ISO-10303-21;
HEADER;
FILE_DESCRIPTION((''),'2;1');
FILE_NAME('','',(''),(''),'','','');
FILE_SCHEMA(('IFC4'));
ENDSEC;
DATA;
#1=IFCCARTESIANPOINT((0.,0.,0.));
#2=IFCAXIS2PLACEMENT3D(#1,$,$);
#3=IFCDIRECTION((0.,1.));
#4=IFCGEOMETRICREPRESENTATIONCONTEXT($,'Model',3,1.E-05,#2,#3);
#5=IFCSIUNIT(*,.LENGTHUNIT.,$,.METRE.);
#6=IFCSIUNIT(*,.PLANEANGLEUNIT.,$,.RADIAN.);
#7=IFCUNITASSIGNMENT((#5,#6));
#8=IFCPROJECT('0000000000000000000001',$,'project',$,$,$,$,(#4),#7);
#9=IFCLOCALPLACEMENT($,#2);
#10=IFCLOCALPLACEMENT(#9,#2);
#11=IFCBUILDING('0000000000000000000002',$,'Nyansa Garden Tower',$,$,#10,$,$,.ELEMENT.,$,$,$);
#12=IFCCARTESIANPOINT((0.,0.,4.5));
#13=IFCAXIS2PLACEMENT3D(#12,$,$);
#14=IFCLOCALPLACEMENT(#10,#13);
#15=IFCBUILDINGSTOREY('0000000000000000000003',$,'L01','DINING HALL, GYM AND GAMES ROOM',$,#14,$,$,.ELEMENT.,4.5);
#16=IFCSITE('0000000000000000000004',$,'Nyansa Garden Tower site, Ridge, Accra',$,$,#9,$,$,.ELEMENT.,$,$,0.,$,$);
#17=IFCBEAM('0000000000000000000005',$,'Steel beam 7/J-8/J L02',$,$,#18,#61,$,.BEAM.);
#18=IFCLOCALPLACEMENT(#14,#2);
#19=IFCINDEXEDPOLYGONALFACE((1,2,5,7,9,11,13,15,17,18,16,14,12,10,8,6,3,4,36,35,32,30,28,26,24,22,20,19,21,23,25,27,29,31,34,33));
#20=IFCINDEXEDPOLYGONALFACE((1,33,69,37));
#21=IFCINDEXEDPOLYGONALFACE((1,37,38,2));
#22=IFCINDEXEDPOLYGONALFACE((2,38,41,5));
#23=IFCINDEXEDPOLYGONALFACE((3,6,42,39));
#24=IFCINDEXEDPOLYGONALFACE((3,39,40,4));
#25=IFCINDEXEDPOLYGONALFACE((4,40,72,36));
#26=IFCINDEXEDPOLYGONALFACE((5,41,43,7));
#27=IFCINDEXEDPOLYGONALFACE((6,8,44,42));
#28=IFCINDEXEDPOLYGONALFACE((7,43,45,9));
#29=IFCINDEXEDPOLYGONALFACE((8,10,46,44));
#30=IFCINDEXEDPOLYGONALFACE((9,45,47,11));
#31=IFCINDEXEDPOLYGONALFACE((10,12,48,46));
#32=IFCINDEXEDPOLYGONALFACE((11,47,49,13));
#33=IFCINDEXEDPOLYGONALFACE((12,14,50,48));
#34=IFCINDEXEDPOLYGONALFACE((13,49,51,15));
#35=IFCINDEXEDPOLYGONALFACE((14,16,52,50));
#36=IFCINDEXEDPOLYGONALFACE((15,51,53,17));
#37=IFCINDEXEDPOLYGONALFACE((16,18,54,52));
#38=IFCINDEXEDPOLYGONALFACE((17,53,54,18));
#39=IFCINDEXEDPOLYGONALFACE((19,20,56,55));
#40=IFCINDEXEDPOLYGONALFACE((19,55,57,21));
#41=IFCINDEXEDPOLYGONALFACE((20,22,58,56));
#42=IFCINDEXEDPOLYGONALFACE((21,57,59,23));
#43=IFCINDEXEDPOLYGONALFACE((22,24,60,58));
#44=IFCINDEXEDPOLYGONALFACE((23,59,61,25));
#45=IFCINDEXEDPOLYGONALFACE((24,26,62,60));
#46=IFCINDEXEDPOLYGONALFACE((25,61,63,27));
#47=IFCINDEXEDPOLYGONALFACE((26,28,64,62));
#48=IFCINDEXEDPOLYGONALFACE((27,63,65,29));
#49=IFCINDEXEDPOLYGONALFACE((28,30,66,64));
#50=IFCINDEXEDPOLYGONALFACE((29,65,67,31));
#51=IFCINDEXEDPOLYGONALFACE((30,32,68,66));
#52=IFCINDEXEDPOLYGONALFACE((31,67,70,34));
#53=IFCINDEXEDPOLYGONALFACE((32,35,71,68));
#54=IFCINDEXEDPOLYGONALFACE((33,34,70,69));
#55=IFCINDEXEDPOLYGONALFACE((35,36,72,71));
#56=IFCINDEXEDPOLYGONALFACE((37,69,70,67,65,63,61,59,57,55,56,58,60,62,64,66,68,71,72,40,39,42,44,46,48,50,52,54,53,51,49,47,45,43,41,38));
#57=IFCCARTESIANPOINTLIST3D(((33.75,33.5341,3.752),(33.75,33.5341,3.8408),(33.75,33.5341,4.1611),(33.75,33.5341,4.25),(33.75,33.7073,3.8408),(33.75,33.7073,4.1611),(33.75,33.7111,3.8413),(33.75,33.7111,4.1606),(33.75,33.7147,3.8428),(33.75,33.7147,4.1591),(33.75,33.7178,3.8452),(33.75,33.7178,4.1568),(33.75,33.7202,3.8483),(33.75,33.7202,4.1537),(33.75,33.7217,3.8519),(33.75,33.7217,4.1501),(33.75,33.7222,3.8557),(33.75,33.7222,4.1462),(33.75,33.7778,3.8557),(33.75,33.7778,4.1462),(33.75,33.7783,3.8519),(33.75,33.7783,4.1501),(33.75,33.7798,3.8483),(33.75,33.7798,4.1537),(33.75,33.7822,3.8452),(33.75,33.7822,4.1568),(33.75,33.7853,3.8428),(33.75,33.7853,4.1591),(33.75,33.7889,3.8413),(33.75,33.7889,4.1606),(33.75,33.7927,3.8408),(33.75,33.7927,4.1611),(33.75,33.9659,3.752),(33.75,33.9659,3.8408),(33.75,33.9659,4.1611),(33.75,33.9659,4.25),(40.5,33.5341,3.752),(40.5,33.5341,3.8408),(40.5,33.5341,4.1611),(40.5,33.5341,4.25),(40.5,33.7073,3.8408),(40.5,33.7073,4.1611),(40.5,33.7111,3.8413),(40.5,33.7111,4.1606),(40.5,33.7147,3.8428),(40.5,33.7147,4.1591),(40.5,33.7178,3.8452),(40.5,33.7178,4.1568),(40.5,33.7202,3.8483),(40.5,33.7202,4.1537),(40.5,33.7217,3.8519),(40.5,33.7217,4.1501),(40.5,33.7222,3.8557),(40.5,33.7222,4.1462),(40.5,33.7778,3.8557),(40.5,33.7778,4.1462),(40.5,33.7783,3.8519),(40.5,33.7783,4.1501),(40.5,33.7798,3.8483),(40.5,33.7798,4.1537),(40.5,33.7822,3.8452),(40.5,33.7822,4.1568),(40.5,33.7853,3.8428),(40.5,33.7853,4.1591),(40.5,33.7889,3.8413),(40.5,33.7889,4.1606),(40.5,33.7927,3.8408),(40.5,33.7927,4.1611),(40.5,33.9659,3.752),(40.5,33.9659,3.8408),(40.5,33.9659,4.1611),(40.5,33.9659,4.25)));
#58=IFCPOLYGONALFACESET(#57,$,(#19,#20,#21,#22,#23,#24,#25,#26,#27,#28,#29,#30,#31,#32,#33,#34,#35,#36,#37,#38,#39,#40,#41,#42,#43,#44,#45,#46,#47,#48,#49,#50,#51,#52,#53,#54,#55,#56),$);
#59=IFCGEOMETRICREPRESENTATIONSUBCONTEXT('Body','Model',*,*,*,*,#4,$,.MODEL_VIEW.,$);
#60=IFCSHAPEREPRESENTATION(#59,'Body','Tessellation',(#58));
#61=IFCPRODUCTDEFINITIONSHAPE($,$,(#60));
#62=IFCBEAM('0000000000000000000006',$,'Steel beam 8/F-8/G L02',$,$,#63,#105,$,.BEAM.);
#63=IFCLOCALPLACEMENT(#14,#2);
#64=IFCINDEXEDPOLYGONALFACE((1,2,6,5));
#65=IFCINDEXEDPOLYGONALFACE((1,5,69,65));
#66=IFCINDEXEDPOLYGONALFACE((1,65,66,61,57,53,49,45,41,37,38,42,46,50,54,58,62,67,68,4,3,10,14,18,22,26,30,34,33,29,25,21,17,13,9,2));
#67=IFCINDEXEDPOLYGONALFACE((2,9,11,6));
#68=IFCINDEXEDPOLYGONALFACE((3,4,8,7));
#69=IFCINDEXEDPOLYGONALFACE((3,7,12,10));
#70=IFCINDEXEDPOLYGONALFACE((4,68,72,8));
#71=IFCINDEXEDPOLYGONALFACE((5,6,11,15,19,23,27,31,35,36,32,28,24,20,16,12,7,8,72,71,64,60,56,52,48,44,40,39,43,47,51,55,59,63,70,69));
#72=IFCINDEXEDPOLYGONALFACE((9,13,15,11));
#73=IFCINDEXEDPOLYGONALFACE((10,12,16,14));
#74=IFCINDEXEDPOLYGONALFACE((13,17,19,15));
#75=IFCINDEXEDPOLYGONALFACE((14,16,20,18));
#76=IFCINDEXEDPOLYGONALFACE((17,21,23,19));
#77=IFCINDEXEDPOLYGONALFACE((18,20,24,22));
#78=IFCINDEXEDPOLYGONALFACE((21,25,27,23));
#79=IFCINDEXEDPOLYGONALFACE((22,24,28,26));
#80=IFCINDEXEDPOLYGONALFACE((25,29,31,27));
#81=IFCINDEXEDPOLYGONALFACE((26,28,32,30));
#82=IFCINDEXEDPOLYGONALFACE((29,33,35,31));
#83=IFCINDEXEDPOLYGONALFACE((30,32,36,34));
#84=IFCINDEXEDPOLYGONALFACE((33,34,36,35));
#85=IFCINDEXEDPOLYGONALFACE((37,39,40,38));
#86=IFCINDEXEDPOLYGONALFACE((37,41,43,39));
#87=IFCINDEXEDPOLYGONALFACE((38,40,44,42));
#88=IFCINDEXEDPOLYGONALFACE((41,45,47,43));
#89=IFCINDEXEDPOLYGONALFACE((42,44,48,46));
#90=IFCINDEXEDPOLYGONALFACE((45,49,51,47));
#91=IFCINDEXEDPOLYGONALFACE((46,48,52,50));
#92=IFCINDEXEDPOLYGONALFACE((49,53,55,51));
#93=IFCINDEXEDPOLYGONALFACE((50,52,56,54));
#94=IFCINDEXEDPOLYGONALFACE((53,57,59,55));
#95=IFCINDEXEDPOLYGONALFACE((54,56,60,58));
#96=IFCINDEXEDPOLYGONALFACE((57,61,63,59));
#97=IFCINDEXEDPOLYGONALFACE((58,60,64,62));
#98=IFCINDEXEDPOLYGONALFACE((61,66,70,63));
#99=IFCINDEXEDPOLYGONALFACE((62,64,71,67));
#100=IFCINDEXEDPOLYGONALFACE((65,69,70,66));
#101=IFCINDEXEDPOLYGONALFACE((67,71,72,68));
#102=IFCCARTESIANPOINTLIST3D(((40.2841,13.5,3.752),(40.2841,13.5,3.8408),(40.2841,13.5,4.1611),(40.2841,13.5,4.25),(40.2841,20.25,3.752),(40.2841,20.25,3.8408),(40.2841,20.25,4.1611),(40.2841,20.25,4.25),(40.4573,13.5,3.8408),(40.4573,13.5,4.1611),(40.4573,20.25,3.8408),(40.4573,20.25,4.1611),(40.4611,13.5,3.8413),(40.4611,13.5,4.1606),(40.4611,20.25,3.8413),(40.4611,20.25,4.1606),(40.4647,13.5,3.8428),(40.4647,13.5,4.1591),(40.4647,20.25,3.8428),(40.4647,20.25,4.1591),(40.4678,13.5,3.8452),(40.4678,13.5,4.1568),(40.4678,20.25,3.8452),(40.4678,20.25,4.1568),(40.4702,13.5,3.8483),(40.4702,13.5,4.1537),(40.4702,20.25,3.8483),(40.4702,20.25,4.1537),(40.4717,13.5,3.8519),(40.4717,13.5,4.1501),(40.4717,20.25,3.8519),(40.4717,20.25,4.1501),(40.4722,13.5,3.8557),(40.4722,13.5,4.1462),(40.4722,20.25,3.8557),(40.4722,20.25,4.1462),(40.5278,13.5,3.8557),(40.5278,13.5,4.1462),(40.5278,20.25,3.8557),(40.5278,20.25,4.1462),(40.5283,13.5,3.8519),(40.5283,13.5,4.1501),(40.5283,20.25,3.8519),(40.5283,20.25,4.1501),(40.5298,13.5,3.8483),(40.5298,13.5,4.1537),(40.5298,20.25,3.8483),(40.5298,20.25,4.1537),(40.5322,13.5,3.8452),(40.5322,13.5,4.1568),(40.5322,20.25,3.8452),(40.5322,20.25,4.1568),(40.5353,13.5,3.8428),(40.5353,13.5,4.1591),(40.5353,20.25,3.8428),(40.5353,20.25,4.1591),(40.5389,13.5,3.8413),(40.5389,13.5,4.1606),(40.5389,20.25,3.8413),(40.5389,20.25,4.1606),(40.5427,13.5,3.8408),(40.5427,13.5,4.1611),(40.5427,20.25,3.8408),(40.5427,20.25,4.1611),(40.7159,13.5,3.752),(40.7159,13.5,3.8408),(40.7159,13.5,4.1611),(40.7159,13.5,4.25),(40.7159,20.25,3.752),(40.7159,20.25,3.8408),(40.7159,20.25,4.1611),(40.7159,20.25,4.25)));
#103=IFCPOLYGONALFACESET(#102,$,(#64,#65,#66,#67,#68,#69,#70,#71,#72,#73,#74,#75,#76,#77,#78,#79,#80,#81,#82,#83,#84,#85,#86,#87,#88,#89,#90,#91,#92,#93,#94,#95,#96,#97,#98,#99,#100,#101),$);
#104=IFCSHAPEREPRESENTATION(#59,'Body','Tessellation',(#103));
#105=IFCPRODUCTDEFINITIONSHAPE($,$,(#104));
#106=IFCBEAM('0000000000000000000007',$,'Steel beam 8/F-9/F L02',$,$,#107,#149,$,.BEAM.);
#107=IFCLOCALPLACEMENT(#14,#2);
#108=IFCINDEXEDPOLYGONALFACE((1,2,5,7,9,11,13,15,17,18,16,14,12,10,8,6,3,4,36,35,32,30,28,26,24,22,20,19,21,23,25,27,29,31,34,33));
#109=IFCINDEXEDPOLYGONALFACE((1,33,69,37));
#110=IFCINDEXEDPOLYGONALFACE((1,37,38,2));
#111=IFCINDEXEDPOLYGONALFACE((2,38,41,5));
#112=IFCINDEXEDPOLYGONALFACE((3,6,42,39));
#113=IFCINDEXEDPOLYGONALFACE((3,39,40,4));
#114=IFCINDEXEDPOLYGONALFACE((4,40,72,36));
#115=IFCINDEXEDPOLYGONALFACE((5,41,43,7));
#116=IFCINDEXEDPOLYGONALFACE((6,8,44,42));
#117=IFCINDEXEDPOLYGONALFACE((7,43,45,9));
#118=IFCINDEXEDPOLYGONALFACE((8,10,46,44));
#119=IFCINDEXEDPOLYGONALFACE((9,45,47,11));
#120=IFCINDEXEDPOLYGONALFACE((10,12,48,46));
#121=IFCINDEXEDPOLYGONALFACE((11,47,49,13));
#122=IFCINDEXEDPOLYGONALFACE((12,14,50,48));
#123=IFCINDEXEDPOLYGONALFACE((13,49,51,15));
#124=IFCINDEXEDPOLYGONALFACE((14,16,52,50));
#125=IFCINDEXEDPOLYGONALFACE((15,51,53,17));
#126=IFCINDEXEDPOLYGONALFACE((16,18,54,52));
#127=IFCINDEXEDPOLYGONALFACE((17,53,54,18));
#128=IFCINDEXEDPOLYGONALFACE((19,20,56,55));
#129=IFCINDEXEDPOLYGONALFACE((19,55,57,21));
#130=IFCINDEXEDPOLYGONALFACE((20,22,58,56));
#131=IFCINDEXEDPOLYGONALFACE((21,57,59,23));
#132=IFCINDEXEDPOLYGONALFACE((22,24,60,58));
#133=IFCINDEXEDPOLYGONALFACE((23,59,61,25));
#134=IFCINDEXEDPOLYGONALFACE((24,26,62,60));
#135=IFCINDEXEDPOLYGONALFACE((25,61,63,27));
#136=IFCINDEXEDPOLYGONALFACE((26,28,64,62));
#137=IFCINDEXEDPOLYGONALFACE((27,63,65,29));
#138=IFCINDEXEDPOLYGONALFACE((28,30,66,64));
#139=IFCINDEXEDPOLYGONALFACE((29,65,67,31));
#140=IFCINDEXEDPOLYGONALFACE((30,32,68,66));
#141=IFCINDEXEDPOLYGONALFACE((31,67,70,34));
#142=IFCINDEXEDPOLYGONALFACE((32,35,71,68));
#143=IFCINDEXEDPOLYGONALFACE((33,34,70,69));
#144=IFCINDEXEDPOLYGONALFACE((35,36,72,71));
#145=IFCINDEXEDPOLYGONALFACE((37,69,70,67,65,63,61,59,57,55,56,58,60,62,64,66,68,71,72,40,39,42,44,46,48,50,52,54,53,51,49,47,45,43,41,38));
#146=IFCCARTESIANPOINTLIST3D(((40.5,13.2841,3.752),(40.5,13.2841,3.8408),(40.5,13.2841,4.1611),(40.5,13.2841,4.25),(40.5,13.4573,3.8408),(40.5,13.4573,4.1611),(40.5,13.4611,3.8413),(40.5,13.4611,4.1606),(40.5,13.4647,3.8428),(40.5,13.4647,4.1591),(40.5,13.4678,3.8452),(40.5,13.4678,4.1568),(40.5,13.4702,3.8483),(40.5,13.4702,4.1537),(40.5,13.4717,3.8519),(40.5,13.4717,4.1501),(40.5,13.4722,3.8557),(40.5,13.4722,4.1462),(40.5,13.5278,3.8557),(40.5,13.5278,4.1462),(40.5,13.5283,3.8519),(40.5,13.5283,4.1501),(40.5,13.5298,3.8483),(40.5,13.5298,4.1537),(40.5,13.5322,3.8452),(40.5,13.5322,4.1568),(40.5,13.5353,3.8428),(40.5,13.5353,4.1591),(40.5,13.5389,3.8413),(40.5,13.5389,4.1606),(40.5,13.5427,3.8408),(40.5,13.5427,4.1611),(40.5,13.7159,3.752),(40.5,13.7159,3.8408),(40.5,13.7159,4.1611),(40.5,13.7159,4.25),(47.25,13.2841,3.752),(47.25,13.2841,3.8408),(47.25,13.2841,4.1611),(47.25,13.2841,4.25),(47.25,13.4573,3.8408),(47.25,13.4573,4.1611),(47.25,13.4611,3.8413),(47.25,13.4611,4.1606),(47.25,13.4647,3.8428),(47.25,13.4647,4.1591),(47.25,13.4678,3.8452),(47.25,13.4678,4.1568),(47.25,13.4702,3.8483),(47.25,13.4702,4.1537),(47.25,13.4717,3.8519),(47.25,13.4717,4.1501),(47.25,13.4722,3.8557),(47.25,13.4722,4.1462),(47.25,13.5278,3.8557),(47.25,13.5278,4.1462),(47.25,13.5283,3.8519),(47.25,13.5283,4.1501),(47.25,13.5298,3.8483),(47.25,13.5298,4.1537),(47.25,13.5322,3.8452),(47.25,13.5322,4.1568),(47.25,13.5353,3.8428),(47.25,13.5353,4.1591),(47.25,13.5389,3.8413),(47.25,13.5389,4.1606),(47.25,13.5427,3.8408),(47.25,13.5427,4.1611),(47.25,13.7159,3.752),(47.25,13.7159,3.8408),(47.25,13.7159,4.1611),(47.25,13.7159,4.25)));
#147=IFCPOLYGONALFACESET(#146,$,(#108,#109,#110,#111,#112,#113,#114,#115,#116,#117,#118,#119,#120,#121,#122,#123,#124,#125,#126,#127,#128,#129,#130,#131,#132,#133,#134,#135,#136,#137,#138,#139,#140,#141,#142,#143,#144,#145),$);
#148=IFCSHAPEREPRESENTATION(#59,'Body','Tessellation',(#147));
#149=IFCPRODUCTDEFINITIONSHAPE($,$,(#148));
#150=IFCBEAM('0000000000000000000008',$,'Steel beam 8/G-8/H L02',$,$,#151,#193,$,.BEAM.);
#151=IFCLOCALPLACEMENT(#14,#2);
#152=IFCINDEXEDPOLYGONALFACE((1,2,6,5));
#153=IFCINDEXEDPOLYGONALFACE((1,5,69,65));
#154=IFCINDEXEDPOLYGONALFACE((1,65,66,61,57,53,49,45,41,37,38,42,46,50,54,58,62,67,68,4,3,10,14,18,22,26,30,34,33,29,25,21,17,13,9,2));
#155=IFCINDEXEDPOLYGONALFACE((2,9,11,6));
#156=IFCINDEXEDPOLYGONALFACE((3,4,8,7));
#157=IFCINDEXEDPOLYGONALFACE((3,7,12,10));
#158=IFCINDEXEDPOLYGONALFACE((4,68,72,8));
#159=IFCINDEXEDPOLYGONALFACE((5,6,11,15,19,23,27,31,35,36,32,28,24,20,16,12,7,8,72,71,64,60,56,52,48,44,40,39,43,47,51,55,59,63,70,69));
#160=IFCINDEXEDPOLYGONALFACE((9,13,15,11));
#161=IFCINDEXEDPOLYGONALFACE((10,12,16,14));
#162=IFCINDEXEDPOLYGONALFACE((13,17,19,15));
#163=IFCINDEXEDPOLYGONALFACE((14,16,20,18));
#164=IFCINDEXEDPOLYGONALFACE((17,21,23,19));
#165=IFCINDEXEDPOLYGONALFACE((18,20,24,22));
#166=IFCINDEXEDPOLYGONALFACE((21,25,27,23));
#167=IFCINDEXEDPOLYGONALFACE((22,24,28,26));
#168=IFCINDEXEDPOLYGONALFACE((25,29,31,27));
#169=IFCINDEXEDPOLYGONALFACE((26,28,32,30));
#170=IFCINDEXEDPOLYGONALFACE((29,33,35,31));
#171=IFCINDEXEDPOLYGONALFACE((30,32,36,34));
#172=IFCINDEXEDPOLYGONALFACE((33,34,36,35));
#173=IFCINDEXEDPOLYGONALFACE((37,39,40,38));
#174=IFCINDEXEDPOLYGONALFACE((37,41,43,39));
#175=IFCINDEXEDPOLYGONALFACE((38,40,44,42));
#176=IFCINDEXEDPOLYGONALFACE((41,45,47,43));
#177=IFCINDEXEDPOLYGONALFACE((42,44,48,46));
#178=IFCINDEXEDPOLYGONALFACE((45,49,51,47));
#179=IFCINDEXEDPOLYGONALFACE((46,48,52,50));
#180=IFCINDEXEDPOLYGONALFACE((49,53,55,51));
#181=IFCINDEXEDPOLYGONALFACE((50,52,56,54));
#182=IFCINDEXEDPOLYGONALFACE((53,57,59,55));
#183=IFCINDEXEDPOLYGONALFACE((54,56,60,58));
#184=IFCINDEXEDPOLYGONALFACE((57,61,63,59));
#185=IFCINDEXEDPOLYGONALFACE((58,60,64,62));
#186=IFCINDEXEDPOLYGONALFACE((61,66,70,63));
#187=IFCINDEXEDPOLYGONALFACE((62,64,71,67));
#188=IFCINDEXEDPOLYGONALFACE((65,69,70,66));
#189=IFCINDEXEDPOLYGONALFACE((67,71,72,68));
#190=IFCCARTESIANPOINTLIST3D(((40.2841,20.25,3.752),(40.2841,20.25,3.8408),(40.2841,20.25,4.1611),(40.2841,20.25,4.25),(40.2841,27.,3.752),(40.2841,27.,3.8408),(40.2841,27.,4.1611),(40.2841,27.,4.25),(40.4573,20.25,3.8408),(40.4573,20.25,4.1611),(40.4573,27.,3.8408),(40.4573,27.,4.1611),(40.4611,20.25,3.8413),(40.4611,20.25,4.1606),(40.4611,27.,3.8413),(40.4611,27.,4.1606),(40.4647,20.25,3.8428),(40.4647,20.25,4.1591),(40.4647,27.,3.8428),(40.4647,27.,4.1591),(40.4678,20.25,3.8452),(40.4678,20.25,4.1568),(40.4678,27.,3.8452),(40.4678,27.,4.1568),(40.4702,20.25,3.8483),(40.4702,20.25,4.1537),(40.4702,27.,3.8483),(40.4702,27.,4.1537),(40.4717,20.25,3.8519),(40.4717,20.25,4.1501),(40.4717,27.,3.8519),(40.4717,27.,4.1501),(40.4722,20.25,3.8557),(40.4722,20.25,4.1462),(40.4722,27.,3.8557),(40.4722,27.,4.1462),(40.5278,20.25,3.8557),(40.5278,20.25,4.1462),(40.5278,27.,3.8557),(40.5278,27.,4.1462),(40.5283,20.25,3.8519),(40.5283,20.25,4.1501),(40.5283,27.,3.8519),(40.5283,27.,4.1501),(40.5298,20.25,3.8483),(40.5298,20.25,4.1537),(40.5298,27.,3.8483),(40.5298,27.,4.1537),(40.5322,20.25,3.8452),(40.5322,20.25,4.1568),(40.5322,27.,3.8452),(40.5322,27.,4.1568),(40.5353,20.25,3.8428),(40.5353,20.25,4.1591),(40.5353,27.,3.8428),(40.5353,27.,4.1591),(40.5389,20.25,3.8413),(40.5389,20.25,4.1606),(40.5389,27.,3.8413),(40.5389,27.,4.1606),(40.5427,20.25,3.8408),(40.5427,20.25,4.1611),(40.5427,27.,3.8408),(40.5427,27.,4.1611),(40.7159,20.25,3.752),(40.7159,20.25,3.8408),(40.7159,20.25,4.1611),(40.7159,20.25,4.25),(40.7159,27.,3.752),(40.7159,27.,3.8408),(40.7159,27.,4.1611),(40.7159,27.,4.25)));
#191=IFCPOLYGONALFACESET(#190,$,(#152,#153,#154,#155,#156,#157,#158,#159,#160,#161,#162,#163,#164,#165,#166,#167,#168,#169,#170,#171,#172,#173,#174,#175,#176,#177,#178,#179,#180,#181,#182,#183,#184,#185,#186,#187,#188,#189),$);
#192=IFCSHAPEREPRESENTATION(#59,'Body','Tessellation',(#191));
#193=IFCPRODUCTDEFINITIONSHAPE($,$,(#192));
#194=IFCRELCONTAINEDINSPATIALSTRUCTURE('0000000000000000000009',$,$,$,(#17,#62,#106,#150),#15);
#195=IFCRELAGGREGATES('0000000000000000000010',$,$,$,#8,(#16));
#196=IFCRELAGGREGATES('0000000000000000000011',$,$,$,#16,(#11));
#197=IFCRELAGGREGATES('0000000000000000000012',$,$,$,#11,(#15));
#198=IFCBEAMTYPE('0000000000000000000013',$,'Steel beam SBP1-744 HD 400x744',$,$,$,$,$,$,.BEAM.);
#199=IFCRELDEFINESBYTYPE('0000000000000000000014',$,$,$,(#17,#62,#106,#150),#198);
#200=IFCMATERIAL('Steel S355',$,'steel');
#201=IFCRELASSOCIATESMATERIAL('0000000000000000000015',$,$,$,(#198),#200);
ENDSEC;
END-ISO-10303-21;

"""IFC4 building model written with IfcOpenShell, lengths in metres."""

from ifc_helpers import new_model, si_unit, direction, frame, origin, origin_2d, place, context, subcontext, project, spatial, i_section, extrude, material, material_profile, profile_set, type_object, element, save


model = new_model("IFC4")

# Units and contexts
model_context = context("Model", 3, precision=1e-05, world=origin(), true_north=direction((0.0, 1.0)))
body_context = subcontext(model_context, "Body", "Model", "MODEL_VIEW")
ifc_project = project(units=[si_unit("LENGTHUNIT", "METRE"), si_unit("PLANEANGLEUNIT", "RADIAN")], contexts=[model_context])

# Site, building, storey
site_placement = place(None, origin())
site = spatial("IfcSite", under=ifc_project, at=site_placement, Name="Nyansa Garden Tower site, Ridge, Accra", CompositionType="ELEMENT", RefElevation=0.0)
building_placement = place(site_placement, origin())
building = spatial("IfcBuilding", under=site, at=building_placement, Name="Nyansa Garden Tower", CompositionType="ELEMENT")
storey_placement = place(building_placement, frame((0.0, 0.0, 4.5)))
storey = spatial("IfcBuildingStorey", under=building, at=storey_placement, Name="L01", Description="DINING HALL, GYM AND GAMES ROOM", CompositionType="ELEMENT", Elevation=4.5)

# Beams
ifc_material_1 = material(Name="Steel S355", Category="steel")
ifc_material_profile_1 = material_profile(ifc_material_1, i_section(OverallWidth=0.4319, OverallDepth=0.498, WebThickness=0.0557, FlangeThickness=0.0889, FilletRadius=0.0149, at=origin_2d()), Name="HD 400x744")
ifc_profile_set_1 = profile_set([ifc_material_profile_1], Name="Steel S355")
beam_type_1 = type_object("IfcBeamType", Name="Steel beam SBP1-744 HD 400x744", PredefinedType="BEAM", material=ifc_profile_set_1)
for number, where, z_axis, x_axis, name in (
    (1, (33.75, 33.75, 4.001), (1.0, 0.0, 0.0), (0.0, 1.0, 0.0), "Steel beam 7/J-8/J L02"),
    (2, (40.5, 13.5, 4.001), (0.0, 1.0, 0.0), (-1.0, 0.0, 0.0), "Steel beam 8/F-8/G L02"),
    (3, (40.5, 13.5, 4.001), (1.0, 0.0, 0.0), (0.0, 1.0, 0.0), "Steel beam 8/F-9/F L02"),
    (4, (40.5, 20.25, 4.001), (0.0, 1.0, 0.0), (-1.0, 0.0, 0.0), "Steel beam 8/G-8/H L02"),
):
    element("IfcBeam", number, at=place(storey_placement, frame(where, z_axis=z_axis, x_axis=x_axis)), inside=storey, type_object=beam_type_1, Name=name, PredefinedType="BEAM", context=body_context, shape_type="SweptSolid", body=[
        extrude(i_section(OverallWidth=0.4319, OverallDepth=0.498, WebThickness=0.0557, FlangeThickness=0.0889, FilletRadius=0.0149, at=origin_2d()), origin(), (0.0, 0.0, 1.0), 6.75),
    ])

save(model, "model.ifc")
